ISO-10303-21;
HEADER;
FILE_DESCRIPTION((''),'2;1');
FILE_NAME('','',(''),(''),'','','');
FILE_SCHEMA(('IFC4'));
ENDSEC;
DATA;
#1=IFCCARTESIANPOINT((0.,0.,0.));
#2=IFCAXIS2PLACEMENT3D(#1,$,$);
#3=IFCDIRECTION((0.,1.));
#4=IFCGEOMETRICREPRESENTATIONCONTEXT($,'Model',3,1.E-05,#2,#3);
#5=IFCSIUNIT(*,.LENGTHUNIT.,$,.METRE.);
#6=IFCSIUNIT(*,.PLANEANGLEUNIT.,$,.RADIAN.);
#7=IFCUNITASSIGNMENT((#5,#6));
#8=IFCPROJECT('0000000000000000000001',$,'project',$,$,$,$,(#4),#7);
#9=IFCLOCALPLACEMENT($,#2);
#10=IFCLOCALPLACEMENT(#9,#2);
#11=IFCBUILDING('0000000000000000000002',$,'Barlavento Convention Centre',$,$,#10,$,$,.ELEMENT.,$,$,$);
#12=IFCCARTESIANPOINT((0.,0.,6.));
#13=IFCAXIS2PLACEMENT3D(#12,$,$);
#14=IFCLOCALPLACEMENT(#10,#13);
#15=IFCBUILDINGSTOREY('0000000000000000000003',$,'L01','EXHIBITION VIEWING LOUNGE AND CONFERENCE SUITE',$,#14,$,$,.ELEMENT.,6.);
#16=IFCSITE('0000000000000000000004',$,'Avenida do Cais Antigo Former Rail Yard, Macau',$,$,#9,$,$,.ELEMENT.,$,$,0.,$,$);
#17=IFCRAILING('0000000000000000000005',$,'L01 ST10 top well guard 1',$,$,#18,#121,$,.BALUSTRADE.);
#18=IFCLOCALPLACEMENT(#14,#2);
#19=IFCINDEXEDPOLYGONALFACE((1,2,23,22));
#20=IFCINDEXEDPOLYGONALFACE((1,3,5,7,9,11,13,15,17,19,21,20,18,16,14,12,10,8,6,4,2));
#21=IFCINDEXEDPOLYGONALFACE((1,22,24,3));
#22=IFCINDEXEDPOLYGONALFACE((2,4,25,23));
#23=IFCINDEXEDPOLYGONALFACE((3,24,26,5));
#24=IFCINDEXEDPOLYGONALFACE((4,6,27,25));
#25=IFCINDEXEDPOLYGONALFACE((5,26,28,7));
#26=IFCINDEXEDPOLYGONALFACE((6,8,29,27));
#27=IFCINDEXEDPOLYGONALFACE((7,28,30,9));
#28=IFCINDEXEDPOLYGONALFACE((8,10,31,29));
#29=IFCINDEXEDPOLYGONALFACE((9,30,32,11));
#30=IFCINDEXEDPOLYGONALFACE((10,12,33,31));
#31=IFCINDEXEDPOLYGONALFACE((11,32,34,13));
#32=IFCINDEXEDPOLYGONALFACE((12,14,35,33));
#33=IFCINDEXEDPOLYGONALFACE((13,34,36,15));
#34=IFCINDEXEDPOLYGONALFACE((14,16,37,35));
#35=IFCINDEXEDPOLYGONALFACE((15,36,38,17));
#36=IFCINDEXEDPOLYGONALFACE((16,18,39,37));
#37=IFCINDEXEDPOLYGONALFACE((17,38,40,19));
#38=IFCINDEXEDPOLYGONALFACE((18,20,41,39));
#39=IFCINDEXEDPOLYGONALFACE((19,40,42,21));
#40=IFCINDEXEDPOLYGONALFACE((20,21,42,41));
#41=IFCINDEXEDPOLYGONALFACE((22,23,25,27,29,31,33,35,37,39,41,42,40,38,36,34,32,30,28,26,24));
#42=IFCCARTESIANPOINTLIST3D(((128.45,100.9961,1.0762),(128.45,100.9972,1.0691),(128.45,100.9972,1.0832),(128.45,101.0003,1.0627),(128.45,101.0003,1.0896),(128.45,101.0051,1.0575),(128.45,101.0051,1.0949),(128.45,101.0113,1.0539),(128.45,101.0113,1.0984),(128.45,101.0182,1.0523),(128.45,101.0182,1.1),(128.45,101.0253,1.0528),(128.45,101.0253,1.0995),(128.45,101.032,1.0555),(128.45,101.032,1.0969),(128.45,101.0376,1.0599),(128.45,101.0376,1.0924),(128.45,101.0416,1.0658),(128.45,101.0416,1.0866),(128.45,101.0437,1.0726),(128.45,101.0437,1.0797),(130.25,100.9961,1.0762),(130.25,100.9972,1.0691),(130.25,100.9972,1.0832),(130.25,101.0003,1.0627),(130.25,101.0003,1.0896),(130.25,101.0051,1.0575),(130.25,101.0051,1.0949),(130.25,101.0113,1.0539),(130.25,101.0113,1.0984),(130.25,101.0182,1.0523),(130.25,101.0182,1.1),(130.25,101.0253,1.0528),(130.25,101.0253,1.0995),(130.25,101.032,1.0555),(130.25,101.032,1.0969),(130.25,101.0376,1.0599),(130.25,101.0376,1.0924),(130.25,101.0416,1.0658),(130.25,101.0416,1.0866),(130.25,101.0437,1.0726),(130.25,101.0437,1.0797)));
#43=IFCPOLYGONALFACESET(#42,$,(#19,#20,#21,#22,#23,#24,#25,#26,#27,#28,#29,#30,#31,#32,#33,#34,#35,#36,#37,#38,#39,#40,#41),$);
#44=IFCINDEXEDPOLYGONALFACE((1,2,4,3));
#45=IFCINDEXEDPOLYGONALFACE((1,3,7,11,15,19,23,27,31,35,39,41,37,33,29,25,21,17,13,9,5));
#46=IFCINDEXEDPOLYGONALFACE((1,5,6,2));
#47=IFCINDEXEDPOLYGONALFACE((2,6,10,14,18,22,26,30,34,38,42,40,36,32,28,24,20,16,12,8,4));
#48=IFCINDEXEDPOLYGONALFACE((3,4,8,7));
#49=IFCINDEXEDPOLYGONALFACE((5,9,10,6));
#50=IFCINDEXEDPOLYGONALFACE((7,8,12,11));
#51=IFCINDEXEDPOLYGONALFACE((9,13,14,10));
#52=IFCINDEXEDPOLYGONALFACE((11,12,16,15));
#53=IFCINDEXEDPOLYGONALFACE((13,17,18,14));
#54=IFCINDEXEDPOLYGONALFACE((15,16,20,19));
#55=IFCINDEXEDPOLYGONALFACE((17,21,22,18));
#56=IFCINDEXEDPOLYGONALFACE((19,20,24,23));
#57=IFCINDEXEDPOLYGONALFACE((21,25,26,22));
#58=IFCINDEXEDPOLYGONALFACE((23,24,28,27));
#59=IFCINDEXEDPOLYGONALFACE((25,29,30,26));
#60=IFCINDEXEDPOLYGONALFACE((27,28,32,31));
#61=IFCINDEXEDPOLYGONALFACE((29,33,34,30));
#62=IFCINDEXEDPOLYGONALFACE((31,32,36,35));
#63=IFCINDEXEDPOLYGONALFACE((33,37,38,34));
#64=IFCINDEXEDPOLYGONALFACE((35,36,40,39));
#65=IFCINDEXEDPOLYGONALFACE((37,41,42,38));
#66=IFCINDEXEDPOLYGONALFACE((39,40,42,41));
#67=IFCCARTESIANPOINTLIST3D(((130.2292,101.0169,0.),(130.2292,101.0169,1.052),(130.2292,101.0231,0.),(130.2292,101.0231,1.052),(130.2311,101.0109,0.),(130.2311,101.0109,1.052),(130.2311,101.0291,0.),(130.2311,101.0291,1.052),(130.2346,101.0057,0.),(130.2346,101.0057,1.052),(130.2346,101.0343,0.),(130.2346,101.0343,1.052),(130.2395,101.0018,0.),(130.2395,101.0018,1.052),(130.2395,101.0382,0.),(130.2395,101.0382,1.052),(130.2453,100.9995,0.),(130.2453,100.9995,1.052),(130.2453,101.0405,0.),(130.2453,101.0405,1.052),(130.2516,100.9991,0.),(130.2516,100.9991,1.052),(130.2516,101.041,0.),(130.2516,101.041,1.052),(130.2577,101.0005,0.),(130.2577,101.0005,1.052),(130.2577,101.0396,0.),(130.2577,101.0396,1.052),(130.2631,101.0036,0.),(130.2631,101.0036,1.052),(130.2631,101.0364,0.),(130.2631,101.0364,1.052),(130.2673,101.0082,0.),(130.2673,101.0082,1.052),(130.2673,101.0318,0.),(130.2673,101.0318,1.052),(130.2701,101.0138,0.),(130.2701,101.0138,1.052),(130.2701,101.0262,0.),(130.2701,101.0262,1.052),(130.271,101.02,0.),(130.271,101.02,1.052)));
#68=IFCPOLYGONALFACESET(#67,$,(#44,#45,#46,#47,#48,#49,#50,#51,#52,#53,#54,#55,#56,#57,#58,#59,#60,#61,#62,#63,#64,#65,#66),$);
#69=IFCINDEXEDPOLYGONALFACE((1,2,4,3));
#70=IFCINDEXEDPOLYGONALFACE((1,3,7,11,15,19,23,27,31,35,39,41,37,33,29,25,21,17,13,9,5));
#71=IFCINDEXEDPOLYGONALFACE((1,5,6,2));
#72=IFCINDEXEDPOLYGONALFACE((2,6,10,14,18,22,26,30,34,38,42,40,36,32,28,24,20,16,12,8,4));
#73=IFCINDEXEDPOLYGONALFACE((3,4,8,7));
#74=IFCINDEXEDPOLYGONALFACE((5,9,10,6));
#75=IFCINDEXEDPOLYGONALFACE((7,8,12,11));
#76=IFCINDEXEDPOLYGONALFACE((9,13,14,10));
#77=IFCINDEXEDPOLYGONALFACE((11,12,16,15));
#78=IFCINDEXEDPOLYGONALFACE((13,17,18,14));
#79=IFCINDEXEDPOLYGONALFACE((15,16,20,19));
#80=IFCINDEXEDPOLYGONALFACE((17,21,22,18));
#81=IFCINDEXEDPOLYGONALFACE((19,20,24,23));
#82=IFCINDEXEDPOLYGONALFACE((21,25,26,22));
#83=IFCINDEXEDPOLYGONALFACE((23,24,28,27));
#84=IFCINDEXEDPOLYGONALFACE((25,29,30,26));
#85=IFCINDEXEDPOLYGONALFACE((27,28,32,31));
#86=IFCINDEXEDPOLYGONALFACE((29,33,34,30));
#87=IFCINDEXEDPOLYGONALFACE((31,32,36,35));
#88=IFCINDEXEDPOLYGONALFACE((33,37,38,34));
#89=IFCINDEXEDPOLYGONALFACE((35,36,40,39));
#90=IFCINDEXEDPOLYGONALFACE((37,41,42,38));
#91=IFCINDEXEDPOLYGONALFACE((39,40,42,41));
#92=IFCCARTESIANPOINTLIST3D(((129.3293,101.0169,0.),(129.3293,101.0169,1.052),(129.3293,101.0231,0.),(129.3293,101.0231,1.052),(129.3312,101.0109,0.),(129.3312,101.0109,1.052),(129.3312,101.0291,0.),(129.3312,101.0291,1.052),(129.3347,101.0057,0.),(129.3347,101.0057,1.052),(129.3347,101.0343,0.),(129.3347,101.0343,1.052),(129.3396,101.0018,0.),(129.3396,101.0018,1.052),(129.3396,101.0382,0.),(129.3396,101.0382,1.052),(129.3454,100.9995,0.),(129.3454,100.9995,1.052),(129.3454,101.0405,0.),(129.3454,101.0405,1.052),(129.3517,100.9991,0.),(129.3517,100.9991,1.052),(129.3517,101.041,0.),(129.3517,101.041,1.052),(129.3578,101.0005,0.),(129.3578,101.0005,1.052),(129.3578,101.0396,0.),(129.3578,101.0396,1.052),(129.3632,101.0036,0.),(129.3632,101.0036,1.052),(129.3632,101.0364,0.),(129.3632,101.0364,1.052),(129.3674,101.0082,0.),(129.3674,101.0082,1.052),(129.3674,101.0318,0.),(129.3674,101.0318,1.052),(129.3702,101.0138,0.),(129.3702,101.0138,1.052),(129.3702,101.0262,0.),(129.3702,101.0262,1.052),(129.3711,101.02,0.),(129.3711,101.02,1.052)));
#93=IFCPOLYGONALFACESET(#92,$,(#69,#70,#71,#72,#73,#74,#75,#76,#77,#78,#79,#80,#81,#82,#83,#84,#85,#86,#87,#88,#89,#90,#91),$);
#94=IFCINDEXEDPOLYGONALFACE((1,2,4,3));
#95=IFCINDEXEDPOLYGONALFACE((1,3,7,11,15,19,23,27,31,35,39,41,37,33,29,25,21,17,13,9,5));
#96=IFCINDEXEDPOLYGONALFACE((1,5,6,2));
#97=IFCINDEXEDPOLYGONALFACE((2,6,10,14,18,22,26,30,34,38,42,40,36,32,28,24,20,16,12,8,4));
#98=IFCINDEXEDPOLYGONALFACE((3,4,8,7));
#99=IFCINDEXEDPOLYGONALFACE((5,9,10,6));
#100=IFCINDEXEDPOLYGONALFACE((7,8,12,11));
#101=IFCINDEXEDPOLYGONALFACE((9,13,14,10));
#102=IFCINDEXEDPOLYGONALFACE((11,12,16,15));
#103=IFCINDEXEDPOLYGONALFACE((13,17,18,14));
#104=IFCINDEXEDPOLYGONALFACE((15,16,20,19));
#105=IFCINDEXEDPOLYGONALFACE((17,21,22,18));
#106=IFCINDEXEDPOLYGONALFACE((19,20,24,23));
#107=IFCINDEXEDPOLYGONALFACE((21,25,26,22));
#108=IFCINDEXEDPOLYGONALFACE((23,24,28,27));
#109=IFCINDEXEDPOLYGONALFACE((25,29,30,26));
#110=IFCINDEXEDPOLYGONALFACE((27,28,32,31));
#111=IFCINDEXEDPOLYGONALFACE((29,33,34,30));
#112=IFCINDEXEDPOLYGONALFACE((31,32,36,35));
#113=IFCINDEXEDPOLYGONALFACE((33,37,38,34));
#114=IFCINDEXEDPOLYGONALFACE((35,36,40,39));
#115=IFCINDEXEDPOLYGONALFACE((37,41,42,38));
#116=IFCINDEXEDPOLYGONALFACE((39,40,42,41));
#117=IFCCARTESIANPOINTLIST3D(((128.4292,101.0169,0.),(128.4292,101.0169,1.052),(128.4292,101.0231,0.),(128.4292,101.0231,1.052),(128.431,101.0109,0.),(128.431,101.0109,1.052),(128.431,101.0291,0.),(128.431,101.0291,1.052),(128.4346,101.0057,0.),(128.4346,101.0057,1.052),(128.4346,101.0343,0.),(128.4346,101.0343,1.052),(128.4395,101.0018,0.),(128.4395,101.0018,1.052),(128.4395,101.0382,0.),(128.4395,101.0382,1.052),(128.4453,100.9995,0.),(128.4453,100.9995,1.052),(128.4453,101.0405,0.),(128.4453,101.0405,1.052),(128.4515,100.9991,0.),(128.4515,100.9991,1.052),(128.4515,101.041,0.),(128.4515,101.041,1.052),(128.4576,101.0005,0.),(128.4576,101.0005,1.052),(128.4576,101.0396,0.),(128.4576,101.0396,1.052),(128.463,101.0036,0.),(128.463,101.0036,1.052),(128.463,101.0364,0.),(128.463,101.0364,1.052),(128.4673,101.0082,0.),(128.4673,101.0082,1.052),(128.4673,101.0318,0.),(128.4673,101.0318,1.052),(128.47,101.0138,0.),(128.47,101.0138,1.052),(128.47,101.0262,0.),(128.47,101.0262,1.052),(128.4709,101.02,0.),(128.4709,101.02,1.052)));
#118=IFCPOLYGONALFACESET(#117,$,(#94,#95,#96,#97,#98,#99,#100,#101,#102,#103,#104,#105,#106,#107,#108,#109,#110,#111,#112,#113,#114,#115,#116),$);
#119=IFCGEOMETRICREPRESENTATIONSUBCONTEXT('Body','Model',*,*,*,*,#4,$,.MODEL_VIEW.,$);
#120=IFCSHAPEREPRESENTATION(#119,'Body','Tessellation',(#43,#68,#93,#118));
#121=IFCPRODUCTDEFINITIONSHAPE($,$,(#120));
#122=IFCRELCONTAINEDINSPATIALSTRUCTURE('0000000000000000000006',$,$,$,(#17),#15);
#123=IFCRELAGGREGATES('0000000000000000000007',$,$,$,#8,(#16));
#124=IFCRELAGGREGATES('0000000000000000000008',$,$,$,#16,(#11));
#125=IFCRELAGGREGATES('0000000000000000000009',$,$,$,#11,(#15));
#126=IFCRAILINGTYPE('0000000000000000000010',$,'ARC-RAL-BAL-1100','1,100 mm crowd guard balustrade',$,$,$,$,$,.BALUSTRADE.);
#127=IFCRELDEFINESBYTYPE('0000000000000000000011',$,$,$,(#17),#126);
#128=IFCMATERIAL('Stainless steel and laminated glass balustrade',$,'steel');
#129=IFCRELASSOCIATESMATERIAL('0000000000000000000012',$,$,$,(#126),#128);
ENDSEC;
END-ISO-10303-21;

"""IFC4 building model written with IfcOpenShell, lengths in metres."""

from ifc_helpers import new_model, si_unit, direction, frame, origin, origin_2d, place, context, subcontext, project, spatial, circle, extrude, material, type_object, element, save


model = new_model("IFC4")

# Units and contexts
model_context = context("Model", 3, precision=1e-05, world=origin(), true_north=direction((0.0, 1.0)))
body_context = subcontext(model_context, "Body", "Model", "MODEL_VIEW")
ifc_project = project(units=[si_unit("LENGTHUNIT", "METRE"), si_unit("PLANEANGLEUNIT", "RADIAN")], contexts=[model_context])

# Site, building, storey
site_placement = place(None, origin())
site = spatial("IfcSite", under=ifc_project, at=site_placement, Name="Avenida do Cais Antigo Former Rail Yard, Macau", CompositionType="ELEMENT", RefElevation=0.0)
building_placement = place(site_placement, origin())
building = spatial("IfcBuilding", under=site, at=building_placement, Name="Barlavento Convention Centre", CompositionType="ELEMENT")
storey_placement = place(building_placement, frame((0.0, 0.0, 6.0)))
storey = spatial("IfcBuildingStorey", under=building, at=storey_placement, Name="L01", Description="EXHIBITION VIEWING LOUNGE AND CONFERENCE SUITE", CompositionType="ELEMENT", Elevation=6.0)

# Railing
ifc_material_1 = material(Name="Stainless steel and laminated glass balustrade", Category="steel")
railing_type = type_object("IfcRailingType", Name="ARC-RAL-BAL-1100", Description="1,100 mm crowd guard balustrade", PredefinedType="BALUSTRADE", material=ifc_material_1)
railing_1_placement = place(storey_placement, frame((130.25, 101.02, 0.0)))
element("IfcRailing", 1, at=railing_1_placement, inside=storey, type_object=railing_type, Name="L01 ST10 top well guard 1", PredefinedType="BALUSTRADE", context=body_context, shape_type="SweptSolid", body=[
    extrude(circle(Radius=0.0239, at=origin_2d()), frame((0.0, 0.0, 1.0762), z_axis=(-1.0, 0.0, 0.0), x_axis=(0.0, -1.0, 0.0)), (0.0, 0.0, 1.0), 1.8),
    extrude(circle(Radius=0.021, at=origin_2d()), origin(), (0.0, 0.0, 1.0), 1.052),
    extrude(circle(Radius=0.021, at=origin_2d()), frame((-0.8999, 0.0, 0.0)), (0.0, 0.0, 1.0), 1.052),
    extrude(circle(Radius=0.021, at=origin_2d()), frame((-1.8, 0.0, 0.0)), (0.0, 0.0, 1.0), 1.052),
])

save(model, "model.ifc")
